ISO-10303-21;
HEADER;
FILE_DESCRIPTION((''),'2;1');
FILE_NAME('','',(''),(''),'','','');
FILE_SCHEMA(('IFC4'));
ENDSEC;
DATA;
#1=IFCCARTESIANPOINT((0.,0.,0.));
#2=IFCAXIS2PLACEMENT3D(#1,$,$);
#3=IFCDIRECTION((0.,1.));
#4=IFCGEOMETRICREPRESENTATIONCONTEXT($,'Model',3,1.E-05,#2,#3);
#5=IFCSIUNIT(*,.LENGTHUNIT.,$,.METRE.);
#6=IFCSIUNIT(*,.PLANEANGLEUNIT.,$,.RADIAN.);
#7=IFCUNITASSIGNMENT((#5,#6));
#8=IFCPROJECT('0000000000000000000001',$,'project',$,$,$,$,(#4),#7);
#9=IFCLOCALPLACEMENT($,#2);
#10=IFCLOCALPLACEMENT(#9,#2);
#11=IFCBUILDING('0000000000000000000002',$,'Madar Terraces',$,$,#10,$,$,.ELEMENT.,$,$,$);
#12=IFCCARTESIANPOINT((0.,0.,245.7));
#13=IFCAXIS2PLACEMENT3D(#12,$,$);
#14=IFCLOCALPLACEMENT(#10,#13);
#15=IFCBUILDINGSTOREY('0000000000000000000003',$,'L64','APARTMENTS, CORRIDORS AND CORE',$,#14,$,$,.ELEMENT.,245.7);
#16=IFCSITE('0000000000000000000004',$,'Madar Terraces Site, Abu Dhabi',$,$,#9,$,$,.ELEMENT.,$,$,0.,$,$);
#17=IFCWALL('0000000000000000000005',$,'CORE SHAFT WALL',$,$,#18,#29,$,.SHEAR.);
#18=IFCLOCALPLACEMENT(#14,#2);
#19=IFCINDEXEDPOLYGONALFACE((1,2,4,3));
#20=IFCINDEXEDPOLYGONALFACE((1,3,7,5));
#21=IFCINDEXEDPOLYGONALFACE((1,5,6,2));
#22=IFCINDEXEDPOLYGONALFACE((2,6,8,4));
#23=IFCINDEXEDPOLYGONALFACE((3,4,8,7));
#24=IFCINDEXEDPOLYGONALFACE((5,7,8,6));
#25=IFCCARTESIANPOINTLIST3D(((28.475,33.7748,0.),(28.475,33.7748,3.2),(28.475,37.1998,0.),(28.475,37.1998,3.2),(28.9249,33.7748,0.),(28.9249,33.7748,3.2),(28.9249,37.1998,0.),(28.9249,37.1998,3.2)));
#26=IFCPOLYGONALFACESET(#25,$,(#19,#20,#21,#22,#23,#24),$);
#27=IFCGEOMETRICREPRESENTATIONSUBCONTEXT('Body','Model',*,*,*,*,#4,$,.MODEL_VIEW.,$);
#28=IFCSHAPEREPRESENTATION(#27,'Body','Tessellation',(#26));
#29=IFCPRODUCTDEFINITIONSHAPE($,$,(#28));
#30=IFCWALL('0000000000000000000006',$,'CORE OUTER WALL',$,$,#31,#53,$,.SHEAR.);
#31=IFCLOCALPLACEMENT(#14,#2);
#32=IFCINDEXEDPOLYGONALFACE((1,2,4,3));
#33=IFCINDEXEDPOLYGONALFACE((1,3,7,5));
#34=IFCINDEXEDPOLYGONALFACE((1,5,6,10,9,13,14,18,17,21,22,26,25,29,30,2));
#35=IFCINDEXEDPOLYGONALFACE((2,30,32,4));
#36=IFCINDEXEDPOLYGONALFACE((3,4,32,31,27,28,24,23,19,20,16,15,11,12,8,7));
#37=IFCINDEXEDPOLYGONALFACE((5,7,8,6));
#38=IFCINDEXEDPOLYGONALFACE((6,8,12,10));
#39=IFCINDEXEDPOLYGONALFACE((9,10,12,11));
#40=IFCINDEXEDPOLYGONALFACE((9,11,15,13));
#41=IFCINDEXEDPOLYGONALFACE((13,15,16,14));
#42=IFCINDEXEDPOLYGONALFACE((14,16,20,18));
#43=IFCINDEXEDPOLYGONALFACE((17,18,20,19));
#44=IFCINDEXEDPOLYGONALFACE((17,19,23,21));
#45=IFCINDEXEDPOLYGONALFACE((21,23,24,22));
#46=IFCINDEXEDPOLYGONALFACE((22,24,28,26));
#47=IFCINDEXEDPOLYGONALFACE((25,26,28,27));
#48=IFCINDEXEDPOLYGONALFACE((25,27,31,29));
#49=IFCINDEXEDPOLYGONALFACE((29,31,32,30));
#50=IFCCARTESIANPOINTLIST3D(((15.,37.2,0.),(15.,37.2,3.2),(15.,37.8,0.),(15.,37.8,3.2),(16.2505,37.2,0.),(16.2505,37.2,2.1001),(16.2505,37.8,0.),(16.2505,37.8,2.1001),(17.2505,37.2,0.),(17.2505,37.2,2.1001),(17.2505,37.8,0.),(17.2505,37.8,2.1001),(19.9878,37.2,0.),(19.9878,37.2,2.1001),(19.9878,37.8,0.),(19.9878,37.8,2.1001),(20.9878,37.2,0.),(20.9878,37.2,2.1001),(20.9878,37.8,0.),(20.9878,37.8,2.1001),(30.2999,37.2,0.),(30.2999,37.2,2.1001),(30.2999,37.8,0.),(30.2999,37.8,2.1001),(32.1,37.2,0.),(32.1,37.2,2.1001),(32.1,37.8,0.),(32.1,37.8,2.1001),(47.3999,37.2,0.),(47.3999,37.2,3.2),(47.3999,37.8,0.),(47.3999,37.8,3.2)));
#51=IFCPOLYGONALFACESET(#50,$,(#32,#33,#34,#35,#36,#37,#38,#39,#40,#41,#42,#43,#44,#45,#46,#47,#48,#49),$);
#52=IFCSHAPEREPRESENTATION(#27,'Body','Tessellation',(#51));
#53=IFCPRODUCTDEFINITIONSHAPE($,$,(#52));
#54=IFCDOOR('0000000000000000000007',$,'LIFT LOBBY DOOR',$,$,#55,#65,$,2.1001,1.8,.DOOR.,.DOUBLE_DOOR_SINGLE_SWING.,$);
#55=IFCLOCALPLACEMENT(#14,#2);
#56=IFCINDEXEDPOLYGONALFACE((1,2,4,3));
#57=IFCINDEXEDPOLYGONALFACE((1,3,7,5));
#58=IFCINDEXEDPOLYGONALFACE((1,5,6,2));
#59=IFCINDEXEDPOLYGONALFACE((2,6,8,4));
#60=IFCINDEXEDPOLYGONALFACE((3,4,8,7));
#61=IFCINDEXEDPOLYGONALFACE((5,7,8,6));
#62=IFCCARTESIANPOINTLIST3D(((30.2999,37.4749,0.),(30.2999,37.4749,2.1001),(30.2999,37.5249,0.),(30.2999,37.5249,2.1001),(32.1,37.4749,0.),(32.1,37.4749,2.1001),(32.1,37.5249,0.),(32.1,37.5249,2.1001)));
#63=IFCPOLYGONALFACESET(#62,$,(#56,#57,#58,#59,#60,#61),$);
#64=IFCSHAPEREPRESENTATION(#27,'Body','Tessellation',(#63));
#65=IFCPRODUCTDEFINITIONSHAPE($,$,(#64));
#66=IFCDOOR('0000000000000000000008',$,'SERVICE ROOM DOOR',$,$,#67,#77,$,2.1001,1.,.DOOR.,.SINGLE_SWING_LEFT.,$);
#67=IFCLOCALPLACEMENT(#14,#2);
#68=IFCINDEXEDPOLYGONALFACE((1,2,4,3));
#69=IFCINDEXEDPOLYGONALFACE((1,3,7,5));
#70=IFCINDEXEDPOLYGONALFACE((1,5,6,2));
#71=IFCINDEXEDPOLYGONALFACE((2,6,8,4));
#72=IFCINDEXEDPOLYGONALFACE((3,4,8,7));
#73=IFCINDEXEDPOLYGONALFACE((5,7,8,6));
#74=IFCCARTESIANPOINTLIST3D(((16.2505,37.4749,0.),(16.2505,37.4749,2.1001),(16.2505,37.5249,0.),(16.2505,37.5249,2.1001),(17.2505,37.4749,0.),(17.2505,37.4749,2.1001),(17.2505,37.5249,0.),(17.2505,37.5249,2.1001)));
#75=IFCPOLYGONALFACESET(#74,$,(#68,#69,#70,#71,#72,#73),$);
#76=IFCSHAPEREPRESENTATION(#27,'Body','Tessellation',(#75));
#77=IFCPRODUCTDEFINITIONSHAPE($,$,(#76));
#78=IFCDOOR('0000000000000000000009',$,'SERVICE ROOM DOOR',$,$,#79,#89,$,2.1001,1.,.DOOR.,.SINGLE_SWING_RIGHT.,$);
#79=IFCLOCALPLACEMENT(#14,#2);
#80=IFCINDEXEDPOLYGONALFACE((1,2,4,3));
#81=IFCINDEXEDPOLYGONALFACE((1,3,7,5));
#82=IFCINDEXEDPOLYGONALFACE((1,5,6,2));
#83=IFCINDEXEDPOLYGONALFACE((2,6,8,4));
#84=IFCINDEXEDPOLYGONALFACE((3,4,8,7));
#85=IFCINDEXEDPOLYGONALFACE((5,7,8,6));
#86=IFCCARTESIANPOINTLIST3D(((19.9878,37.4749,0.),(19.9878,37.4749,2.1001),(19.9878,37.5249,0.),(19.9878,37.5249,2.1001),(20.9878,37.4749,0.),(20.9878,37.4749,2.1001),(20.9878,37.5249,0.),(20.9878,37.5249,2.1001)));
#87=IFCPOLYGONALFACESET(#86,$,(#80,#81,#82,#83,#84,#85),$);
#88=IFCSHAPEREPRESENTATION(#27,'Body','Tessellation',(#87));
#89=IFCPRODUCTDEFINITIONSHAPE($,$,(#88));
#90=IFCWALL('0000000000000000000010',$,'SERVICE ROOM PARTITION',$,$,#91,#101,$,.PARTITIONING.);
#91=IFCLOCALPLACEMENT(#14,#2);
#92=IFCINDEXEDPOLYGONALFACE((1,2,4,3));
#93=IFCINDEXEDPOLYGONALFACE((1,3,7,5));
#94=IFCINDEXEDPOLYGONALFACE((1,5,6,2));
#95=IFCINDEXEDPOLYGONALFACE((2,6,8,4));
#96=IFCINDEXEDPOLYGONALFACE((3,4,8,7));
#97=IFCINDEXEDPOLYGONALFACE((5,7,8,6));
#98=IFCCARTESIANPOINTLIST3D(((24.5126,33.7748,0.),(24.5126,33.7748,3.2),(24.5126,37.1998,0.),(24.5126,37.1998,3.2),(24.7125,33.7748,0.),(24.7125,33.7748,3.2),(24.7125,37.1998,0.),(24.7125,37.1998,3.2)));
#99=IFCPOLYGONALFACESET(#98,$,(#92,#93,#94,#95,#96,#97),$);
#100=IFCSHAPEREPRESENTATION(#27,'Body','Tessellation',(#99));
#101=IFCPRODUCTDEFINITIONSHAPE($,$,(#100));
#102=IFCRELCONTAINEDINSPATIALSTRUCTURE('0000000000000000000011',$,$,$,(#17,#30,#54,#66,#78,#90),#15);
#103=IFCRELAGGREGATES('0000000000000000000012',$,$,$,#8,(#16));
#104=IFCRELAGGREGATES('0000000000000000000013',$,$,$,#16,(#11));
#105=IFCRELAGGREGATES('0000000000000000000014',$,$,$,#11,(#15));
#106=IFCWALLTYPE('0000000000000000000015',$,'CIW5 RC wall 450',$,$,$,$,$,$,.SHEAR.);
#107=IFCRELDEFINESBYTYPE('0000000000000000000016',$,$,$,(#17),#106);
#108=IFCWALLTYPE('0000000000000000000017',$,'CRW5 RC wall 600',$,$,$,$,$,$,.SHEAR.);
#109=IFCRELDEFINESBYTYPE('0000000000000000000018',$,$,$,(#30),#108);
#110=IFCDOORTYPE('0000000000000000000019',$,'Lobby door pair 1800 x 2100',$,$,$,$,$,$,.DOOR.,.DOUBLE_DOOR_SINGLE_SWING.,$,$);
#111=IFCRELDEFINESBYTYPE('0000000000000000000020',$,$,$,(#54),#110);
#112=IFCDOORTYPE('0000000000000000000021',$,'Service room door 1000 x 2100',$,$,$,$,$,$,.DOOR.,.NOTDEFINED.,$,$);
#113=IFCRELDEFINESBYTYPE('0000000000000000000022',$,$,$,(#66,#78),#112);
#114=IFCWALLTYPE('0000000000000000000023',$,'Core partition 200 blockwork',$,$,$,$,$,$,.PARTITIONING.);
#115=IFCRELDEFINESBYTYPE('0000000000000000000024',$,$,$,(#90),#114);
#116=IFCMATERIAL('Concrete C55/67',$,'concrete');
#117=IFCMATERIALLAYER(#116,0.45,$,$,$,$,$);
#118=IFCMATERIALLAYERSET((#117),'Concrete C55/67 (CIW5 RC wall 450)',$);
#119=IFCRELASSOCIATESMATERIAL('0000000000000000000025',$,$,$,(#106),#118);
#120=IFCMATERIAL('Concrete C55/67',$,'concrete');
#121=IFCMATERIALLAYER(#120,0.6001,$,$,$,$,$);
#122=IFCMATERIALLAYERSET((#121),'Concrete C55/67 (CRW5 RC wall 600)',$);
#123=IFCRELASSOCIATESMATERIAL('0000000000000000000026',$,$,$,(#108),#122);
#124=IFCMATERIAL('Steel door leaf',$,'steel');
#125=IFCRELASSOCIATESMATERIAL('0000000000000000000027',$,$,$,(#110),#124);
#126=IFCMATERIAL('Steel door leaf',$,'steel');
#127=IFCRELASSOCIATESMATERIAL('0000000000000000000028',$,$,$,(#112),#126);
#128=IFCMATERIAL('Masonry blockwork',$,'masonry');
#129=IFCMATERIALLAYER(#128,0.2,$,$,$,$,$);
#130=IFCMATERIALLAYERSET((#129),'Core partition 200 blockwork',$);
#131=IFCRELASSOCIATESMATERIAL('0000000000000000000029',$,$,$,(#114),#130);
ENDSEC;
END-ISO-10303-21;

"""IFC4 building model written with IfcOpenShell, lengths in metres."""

from ifc_helpers import new_model, si_unit, direction, frame, frame_2d, origin, place, context, subcontext, project, spatial, rectangle, extrude, material, layer, layer_set, type_object, element, fill, save


model = new_model("IFC4")

# Units and contexts
model_context = context("Model", 3, precision=1e-05, world=origin(), true_north=direction((0.0, 1.0)))
body_context = subcontext(model_context, "Body", "Model", "MODEL_VIEW")
ifc_project = project(units=[si_unit("LENGTHUNIT", "METRE"), si_unit("PLANEANGLEUNIT", "RADIAN")], contexts=[model_context])

# Site, building, storey
site_placement = place(None, origin())
site = spatial("IfcSite", under=ifc_project, at=site_placement, Name="Madar Terraces Site, Abu Dhabi", CompositionType="ELEMENT", RefElevation=0.0)
building_placement = place(site_placement, origin())
building = spatial("IfcBuilding", under=site, at=building_placement, Name="Madar Terraces", CompositionType="ELEMENT")
storey_placement = place(building_placement, frame((0.0, 0.0, 245.7)))
storey = spatial("IfcBuildingStorey", under=building, at=storey_placement, Name="L64", Description="APARTMENTS, CORRIDORS AND CORE", CompositionType="ELEMENT", Elevation=245.7)

# Wall
ifc_material_1 = material(Name="Concrete C55/67", Category="concrete")
ifc_layer_1 = layer(ifc_material_1, 0.45)
ifc_layer_set_1 = layer_set([ifc_layer_1], Name="Concrete C55/67 (CIW5 RC wall 450)")
wall_type_1 = type_object("IfcWallType", Name="CIW5 RC wall 450", PredefinedType="SHEAR", material=ifc_layer_set_1)
wall_1_placement = place(storey_placement, frame((28.7, 33.7749, 0.0), z_axis=(0.0, 0.0, 1.0), x_axis=(0.0, 1.0, 0.0)))
element("IfcWall", 1, at=wall_1_placement, inside=storey, type_object=wall_type_1, Name="CORE SHAFT WALL", PredefinedType="SHEAR", context=body_context, shape_type="SweptSolid", body=[
    extrude(rectangle(XDim=3.425, YDim=0.45, at=frame_2d((1.7124, 0.0))), origin(), (0.0, 0.0, 1.0), 3.2),
])

# Wall, openings, doors
ifc_material_2 = material(Name="Concrete C55/67", Category="concrete")
ifc_layer_2 = layer(ifc_material_2, 0.6001)
ifc_layer_set_2 = layer_set([ifc_layer_2], Name="Concrete C55/67 (CRW5 RC wall 600)")
wall_type_2 = type_object("IfcWallType", Name="CRW5 RC wall 600", PredefinedType="SHEAR", material=ifc_layer_set_2)
wall_2_placement = place(storey_placement, frame((15.0, 37.5, 0.0), z_axis=(0.0, 0.0, 1.0), x_axis=(1.0, 0.0, 0.0)))
wall_2 = element("IfcWall", 2, at=wall_2_placement, inside=storey, type_object=wall_type_2, Name="CORE OUTER WALL", PredefinedType="SHEAR", context=body_context, shape_type="SweptSolid", body=[
    extrude(rectangle(XDim=32.3999, YDim=0.6001, at=frame_2d((16.2, 0.0))), origin(), (0.0, 0.0, 1.0), 3.2),
])
opening_1_placement = place(wall_2_placement, frame((15.3, 0.0, 0.0)))
opening_1 = element("IfcOpeningElement", 3, at=opening_1_placement, cuts=wall_2, PredefinedType="OPENING", context=body_context, shape_type="SweptSolid", body=[
    extrude(rectangle(XDim=1.8, YDim=2.1001, at=frame_2d((0.8999, 1.05))), frame((0.0, 0.3101, 0.0), z_axis=(0.0, -1.0, 0.0), x_axis=(1.0, 0.0, 0.0)), (0.0, 0.0, 1.0), 0.6201),
])
opening_2_placement = place(wall_2_placement, frame((1.2505, 0.0, 0.0)))
opening_2 = element("IfcOpeningElement", 4, at=opening_2_placement, cuts=wall_2, PredefinedType="OPENING", context=body_context, shape_type="SweptSolid", body=[
    extrude(rectangle(XDim=1.0, YDim=2.1001, at=frame_2d((0.5, 1.05))), frame((0.0, 0.3101, 0.0), z_axis=(0.0, -1.0, 0.0), x_axis=(1.0, 0.0, 0.0)), (0.0, 0.0, 1.0), 0.6201),
])
opening_3_placement = place(wall_2_placement, frame((4.9878, 0.0, 0.0)))
opening_3 = element("IfcOpeningElement", 5, at=opening_3_placement, cuts=wall_2, PredefinedType="OPENING", context=body_context, shape_type="SweptSolid", body=[
    extrude(rectangle(XDim=1.0, YDim=2.1001, at=frame_2d((0.5, 1.05))), frame((0.0, 0.3101, 0.0), z_axis=(0.0, -1.0, 0.0), x_axis=(1.0, 0.0, 0.0)), (0.0, 0.0, 1.0), 0.6201),
])
ifc_material_3 = material(Name="Steel door leaf", Category="steel")
door_type_1 = type_object("IfcDoorType", Name="Lobby door pair 1800 x 2100", OperationType="DOUBLE_DOOR_SINGLE_SWING", PredefinedType="DOOR", material=ifc_material_3)
door_1_placement = place(opening_1_placement, origin())
door_1 = element("IfcDoor", 6, at=door_1_placement, inside=storey, type_object=door_type_1, Name="LIFT LOBBY DOOR", OperationType="DOUBLE_DOOR_SINGLE_SWING", OverallHeight=2.1001, OverallWidth=1.8, PredefinedType="DOOR", context=body_context, shape_type="SweptSolid", body=[
    extrude(rectangle(XDim=1.8, YDim=2.1001, at=frame_2d((0.8999, 1.05))), frame((0.0, 0.0249, 0.0), z_axis=(0.0, -1.0, 0.0), x_axis=(1.0, 0.0, 0.0)), (0.0, 0.0, 1.0), 0.05),
])
fill(opening_1, door_1)
ifc_material_4 = material(Name="Steel door leaf", Category="steel")
door_type_2 = type_object("IfcDoorType", Name="Service room door 1000 x 2100", OperationType="NOTDEFINED", PredefinedType="DOOR", material=ifc_material_4)
door_2_placement = place(opening_2_placement, origin())
door_2 = element("IfcDoor", 7, at=door_2_placement, inside=storey, type_object=door_type_2, Name="SERVICE ROOM DOOR", OperationType="SINGLE_SWING_LEFT", OverallHeight=2.1001, OverallWidth=1.0, PredefinedType="DOOR", context=body_context, shape_type="SweptSolid", body=[
    extrude(rectangle(XDim=1.0, YDim=2.1001, at=frame_2d((0.5, 1.05))), frame((0.0, 0.0249, 0.0), z_axis=(0.0, -1.0, 0.0), x_axis=(1.0, 0.0, 0.0)), (0.0, 0.0, 1.0), 0.05),
])
fill(opening_2, door_2)
door_3_placement = place(opening_3_placement, origin())
door_3 = element("IfcDoor", 8, at=door_3_placement, inside=storey, type_object=door_type_2, Name="SERVICE ROOM DOOR", OperationType="SINGLE_SWING_RIGHT", OverallHeight=2.1001, OverallWidth=1.0, PredefinedType="DOOR", context=body_context, shape_type="SweptSolid", body=[
    extrude(rectangle(XDim=1.0, YDim=2.1001, at=frame_2d((0.5, 1.05))), frame((0.0, 0.0249, 0.0), z_axis=(0.0, -1.0, 0.0), x_axis=(1.0, 0.0, 0.0)), (0.0, 0.0, 1.0), 0.05),
])
fill(opening_3, door_3)

# Wall
ifc_material_5 = material(Name="Masonry blockwork", Category="masonry")
ifc_layer_3 = layer(ifc_material_5, 0.2)
ifc_layer_set_3 = layer_set([ifc_layer_3], Name="Core partition 200 blockwork")
wall_type_3 = type_object("IfcWallType", Name="Core partition 200 blockwork", PredefinedType="PARTITIONING", material=ifc_layer_set_3)
wall_3_placement = place(storey_placement, frame((24.6125, 33.7749, 0.0), z_axis=(0.0, 0.0, 1.0), x_axis=(0.0, 1.0, 0.0)))
element("IfcWall", 9, at=wall_3_placement, inside=storey, type_object=wall_type_3, Name="SERVICE ROOM PARTITION", PredefinedType="PARTITIONING", context=body_context, shape_type="SweptSolid", body=[
    extrude(rectangle(XDim=3.425, YDim=0.2, at=frame_2d((1.7124, 0.0))), origin(), (0.0, 0.0, 1.0), 3.2),
])

save(model, "model.ifc")
